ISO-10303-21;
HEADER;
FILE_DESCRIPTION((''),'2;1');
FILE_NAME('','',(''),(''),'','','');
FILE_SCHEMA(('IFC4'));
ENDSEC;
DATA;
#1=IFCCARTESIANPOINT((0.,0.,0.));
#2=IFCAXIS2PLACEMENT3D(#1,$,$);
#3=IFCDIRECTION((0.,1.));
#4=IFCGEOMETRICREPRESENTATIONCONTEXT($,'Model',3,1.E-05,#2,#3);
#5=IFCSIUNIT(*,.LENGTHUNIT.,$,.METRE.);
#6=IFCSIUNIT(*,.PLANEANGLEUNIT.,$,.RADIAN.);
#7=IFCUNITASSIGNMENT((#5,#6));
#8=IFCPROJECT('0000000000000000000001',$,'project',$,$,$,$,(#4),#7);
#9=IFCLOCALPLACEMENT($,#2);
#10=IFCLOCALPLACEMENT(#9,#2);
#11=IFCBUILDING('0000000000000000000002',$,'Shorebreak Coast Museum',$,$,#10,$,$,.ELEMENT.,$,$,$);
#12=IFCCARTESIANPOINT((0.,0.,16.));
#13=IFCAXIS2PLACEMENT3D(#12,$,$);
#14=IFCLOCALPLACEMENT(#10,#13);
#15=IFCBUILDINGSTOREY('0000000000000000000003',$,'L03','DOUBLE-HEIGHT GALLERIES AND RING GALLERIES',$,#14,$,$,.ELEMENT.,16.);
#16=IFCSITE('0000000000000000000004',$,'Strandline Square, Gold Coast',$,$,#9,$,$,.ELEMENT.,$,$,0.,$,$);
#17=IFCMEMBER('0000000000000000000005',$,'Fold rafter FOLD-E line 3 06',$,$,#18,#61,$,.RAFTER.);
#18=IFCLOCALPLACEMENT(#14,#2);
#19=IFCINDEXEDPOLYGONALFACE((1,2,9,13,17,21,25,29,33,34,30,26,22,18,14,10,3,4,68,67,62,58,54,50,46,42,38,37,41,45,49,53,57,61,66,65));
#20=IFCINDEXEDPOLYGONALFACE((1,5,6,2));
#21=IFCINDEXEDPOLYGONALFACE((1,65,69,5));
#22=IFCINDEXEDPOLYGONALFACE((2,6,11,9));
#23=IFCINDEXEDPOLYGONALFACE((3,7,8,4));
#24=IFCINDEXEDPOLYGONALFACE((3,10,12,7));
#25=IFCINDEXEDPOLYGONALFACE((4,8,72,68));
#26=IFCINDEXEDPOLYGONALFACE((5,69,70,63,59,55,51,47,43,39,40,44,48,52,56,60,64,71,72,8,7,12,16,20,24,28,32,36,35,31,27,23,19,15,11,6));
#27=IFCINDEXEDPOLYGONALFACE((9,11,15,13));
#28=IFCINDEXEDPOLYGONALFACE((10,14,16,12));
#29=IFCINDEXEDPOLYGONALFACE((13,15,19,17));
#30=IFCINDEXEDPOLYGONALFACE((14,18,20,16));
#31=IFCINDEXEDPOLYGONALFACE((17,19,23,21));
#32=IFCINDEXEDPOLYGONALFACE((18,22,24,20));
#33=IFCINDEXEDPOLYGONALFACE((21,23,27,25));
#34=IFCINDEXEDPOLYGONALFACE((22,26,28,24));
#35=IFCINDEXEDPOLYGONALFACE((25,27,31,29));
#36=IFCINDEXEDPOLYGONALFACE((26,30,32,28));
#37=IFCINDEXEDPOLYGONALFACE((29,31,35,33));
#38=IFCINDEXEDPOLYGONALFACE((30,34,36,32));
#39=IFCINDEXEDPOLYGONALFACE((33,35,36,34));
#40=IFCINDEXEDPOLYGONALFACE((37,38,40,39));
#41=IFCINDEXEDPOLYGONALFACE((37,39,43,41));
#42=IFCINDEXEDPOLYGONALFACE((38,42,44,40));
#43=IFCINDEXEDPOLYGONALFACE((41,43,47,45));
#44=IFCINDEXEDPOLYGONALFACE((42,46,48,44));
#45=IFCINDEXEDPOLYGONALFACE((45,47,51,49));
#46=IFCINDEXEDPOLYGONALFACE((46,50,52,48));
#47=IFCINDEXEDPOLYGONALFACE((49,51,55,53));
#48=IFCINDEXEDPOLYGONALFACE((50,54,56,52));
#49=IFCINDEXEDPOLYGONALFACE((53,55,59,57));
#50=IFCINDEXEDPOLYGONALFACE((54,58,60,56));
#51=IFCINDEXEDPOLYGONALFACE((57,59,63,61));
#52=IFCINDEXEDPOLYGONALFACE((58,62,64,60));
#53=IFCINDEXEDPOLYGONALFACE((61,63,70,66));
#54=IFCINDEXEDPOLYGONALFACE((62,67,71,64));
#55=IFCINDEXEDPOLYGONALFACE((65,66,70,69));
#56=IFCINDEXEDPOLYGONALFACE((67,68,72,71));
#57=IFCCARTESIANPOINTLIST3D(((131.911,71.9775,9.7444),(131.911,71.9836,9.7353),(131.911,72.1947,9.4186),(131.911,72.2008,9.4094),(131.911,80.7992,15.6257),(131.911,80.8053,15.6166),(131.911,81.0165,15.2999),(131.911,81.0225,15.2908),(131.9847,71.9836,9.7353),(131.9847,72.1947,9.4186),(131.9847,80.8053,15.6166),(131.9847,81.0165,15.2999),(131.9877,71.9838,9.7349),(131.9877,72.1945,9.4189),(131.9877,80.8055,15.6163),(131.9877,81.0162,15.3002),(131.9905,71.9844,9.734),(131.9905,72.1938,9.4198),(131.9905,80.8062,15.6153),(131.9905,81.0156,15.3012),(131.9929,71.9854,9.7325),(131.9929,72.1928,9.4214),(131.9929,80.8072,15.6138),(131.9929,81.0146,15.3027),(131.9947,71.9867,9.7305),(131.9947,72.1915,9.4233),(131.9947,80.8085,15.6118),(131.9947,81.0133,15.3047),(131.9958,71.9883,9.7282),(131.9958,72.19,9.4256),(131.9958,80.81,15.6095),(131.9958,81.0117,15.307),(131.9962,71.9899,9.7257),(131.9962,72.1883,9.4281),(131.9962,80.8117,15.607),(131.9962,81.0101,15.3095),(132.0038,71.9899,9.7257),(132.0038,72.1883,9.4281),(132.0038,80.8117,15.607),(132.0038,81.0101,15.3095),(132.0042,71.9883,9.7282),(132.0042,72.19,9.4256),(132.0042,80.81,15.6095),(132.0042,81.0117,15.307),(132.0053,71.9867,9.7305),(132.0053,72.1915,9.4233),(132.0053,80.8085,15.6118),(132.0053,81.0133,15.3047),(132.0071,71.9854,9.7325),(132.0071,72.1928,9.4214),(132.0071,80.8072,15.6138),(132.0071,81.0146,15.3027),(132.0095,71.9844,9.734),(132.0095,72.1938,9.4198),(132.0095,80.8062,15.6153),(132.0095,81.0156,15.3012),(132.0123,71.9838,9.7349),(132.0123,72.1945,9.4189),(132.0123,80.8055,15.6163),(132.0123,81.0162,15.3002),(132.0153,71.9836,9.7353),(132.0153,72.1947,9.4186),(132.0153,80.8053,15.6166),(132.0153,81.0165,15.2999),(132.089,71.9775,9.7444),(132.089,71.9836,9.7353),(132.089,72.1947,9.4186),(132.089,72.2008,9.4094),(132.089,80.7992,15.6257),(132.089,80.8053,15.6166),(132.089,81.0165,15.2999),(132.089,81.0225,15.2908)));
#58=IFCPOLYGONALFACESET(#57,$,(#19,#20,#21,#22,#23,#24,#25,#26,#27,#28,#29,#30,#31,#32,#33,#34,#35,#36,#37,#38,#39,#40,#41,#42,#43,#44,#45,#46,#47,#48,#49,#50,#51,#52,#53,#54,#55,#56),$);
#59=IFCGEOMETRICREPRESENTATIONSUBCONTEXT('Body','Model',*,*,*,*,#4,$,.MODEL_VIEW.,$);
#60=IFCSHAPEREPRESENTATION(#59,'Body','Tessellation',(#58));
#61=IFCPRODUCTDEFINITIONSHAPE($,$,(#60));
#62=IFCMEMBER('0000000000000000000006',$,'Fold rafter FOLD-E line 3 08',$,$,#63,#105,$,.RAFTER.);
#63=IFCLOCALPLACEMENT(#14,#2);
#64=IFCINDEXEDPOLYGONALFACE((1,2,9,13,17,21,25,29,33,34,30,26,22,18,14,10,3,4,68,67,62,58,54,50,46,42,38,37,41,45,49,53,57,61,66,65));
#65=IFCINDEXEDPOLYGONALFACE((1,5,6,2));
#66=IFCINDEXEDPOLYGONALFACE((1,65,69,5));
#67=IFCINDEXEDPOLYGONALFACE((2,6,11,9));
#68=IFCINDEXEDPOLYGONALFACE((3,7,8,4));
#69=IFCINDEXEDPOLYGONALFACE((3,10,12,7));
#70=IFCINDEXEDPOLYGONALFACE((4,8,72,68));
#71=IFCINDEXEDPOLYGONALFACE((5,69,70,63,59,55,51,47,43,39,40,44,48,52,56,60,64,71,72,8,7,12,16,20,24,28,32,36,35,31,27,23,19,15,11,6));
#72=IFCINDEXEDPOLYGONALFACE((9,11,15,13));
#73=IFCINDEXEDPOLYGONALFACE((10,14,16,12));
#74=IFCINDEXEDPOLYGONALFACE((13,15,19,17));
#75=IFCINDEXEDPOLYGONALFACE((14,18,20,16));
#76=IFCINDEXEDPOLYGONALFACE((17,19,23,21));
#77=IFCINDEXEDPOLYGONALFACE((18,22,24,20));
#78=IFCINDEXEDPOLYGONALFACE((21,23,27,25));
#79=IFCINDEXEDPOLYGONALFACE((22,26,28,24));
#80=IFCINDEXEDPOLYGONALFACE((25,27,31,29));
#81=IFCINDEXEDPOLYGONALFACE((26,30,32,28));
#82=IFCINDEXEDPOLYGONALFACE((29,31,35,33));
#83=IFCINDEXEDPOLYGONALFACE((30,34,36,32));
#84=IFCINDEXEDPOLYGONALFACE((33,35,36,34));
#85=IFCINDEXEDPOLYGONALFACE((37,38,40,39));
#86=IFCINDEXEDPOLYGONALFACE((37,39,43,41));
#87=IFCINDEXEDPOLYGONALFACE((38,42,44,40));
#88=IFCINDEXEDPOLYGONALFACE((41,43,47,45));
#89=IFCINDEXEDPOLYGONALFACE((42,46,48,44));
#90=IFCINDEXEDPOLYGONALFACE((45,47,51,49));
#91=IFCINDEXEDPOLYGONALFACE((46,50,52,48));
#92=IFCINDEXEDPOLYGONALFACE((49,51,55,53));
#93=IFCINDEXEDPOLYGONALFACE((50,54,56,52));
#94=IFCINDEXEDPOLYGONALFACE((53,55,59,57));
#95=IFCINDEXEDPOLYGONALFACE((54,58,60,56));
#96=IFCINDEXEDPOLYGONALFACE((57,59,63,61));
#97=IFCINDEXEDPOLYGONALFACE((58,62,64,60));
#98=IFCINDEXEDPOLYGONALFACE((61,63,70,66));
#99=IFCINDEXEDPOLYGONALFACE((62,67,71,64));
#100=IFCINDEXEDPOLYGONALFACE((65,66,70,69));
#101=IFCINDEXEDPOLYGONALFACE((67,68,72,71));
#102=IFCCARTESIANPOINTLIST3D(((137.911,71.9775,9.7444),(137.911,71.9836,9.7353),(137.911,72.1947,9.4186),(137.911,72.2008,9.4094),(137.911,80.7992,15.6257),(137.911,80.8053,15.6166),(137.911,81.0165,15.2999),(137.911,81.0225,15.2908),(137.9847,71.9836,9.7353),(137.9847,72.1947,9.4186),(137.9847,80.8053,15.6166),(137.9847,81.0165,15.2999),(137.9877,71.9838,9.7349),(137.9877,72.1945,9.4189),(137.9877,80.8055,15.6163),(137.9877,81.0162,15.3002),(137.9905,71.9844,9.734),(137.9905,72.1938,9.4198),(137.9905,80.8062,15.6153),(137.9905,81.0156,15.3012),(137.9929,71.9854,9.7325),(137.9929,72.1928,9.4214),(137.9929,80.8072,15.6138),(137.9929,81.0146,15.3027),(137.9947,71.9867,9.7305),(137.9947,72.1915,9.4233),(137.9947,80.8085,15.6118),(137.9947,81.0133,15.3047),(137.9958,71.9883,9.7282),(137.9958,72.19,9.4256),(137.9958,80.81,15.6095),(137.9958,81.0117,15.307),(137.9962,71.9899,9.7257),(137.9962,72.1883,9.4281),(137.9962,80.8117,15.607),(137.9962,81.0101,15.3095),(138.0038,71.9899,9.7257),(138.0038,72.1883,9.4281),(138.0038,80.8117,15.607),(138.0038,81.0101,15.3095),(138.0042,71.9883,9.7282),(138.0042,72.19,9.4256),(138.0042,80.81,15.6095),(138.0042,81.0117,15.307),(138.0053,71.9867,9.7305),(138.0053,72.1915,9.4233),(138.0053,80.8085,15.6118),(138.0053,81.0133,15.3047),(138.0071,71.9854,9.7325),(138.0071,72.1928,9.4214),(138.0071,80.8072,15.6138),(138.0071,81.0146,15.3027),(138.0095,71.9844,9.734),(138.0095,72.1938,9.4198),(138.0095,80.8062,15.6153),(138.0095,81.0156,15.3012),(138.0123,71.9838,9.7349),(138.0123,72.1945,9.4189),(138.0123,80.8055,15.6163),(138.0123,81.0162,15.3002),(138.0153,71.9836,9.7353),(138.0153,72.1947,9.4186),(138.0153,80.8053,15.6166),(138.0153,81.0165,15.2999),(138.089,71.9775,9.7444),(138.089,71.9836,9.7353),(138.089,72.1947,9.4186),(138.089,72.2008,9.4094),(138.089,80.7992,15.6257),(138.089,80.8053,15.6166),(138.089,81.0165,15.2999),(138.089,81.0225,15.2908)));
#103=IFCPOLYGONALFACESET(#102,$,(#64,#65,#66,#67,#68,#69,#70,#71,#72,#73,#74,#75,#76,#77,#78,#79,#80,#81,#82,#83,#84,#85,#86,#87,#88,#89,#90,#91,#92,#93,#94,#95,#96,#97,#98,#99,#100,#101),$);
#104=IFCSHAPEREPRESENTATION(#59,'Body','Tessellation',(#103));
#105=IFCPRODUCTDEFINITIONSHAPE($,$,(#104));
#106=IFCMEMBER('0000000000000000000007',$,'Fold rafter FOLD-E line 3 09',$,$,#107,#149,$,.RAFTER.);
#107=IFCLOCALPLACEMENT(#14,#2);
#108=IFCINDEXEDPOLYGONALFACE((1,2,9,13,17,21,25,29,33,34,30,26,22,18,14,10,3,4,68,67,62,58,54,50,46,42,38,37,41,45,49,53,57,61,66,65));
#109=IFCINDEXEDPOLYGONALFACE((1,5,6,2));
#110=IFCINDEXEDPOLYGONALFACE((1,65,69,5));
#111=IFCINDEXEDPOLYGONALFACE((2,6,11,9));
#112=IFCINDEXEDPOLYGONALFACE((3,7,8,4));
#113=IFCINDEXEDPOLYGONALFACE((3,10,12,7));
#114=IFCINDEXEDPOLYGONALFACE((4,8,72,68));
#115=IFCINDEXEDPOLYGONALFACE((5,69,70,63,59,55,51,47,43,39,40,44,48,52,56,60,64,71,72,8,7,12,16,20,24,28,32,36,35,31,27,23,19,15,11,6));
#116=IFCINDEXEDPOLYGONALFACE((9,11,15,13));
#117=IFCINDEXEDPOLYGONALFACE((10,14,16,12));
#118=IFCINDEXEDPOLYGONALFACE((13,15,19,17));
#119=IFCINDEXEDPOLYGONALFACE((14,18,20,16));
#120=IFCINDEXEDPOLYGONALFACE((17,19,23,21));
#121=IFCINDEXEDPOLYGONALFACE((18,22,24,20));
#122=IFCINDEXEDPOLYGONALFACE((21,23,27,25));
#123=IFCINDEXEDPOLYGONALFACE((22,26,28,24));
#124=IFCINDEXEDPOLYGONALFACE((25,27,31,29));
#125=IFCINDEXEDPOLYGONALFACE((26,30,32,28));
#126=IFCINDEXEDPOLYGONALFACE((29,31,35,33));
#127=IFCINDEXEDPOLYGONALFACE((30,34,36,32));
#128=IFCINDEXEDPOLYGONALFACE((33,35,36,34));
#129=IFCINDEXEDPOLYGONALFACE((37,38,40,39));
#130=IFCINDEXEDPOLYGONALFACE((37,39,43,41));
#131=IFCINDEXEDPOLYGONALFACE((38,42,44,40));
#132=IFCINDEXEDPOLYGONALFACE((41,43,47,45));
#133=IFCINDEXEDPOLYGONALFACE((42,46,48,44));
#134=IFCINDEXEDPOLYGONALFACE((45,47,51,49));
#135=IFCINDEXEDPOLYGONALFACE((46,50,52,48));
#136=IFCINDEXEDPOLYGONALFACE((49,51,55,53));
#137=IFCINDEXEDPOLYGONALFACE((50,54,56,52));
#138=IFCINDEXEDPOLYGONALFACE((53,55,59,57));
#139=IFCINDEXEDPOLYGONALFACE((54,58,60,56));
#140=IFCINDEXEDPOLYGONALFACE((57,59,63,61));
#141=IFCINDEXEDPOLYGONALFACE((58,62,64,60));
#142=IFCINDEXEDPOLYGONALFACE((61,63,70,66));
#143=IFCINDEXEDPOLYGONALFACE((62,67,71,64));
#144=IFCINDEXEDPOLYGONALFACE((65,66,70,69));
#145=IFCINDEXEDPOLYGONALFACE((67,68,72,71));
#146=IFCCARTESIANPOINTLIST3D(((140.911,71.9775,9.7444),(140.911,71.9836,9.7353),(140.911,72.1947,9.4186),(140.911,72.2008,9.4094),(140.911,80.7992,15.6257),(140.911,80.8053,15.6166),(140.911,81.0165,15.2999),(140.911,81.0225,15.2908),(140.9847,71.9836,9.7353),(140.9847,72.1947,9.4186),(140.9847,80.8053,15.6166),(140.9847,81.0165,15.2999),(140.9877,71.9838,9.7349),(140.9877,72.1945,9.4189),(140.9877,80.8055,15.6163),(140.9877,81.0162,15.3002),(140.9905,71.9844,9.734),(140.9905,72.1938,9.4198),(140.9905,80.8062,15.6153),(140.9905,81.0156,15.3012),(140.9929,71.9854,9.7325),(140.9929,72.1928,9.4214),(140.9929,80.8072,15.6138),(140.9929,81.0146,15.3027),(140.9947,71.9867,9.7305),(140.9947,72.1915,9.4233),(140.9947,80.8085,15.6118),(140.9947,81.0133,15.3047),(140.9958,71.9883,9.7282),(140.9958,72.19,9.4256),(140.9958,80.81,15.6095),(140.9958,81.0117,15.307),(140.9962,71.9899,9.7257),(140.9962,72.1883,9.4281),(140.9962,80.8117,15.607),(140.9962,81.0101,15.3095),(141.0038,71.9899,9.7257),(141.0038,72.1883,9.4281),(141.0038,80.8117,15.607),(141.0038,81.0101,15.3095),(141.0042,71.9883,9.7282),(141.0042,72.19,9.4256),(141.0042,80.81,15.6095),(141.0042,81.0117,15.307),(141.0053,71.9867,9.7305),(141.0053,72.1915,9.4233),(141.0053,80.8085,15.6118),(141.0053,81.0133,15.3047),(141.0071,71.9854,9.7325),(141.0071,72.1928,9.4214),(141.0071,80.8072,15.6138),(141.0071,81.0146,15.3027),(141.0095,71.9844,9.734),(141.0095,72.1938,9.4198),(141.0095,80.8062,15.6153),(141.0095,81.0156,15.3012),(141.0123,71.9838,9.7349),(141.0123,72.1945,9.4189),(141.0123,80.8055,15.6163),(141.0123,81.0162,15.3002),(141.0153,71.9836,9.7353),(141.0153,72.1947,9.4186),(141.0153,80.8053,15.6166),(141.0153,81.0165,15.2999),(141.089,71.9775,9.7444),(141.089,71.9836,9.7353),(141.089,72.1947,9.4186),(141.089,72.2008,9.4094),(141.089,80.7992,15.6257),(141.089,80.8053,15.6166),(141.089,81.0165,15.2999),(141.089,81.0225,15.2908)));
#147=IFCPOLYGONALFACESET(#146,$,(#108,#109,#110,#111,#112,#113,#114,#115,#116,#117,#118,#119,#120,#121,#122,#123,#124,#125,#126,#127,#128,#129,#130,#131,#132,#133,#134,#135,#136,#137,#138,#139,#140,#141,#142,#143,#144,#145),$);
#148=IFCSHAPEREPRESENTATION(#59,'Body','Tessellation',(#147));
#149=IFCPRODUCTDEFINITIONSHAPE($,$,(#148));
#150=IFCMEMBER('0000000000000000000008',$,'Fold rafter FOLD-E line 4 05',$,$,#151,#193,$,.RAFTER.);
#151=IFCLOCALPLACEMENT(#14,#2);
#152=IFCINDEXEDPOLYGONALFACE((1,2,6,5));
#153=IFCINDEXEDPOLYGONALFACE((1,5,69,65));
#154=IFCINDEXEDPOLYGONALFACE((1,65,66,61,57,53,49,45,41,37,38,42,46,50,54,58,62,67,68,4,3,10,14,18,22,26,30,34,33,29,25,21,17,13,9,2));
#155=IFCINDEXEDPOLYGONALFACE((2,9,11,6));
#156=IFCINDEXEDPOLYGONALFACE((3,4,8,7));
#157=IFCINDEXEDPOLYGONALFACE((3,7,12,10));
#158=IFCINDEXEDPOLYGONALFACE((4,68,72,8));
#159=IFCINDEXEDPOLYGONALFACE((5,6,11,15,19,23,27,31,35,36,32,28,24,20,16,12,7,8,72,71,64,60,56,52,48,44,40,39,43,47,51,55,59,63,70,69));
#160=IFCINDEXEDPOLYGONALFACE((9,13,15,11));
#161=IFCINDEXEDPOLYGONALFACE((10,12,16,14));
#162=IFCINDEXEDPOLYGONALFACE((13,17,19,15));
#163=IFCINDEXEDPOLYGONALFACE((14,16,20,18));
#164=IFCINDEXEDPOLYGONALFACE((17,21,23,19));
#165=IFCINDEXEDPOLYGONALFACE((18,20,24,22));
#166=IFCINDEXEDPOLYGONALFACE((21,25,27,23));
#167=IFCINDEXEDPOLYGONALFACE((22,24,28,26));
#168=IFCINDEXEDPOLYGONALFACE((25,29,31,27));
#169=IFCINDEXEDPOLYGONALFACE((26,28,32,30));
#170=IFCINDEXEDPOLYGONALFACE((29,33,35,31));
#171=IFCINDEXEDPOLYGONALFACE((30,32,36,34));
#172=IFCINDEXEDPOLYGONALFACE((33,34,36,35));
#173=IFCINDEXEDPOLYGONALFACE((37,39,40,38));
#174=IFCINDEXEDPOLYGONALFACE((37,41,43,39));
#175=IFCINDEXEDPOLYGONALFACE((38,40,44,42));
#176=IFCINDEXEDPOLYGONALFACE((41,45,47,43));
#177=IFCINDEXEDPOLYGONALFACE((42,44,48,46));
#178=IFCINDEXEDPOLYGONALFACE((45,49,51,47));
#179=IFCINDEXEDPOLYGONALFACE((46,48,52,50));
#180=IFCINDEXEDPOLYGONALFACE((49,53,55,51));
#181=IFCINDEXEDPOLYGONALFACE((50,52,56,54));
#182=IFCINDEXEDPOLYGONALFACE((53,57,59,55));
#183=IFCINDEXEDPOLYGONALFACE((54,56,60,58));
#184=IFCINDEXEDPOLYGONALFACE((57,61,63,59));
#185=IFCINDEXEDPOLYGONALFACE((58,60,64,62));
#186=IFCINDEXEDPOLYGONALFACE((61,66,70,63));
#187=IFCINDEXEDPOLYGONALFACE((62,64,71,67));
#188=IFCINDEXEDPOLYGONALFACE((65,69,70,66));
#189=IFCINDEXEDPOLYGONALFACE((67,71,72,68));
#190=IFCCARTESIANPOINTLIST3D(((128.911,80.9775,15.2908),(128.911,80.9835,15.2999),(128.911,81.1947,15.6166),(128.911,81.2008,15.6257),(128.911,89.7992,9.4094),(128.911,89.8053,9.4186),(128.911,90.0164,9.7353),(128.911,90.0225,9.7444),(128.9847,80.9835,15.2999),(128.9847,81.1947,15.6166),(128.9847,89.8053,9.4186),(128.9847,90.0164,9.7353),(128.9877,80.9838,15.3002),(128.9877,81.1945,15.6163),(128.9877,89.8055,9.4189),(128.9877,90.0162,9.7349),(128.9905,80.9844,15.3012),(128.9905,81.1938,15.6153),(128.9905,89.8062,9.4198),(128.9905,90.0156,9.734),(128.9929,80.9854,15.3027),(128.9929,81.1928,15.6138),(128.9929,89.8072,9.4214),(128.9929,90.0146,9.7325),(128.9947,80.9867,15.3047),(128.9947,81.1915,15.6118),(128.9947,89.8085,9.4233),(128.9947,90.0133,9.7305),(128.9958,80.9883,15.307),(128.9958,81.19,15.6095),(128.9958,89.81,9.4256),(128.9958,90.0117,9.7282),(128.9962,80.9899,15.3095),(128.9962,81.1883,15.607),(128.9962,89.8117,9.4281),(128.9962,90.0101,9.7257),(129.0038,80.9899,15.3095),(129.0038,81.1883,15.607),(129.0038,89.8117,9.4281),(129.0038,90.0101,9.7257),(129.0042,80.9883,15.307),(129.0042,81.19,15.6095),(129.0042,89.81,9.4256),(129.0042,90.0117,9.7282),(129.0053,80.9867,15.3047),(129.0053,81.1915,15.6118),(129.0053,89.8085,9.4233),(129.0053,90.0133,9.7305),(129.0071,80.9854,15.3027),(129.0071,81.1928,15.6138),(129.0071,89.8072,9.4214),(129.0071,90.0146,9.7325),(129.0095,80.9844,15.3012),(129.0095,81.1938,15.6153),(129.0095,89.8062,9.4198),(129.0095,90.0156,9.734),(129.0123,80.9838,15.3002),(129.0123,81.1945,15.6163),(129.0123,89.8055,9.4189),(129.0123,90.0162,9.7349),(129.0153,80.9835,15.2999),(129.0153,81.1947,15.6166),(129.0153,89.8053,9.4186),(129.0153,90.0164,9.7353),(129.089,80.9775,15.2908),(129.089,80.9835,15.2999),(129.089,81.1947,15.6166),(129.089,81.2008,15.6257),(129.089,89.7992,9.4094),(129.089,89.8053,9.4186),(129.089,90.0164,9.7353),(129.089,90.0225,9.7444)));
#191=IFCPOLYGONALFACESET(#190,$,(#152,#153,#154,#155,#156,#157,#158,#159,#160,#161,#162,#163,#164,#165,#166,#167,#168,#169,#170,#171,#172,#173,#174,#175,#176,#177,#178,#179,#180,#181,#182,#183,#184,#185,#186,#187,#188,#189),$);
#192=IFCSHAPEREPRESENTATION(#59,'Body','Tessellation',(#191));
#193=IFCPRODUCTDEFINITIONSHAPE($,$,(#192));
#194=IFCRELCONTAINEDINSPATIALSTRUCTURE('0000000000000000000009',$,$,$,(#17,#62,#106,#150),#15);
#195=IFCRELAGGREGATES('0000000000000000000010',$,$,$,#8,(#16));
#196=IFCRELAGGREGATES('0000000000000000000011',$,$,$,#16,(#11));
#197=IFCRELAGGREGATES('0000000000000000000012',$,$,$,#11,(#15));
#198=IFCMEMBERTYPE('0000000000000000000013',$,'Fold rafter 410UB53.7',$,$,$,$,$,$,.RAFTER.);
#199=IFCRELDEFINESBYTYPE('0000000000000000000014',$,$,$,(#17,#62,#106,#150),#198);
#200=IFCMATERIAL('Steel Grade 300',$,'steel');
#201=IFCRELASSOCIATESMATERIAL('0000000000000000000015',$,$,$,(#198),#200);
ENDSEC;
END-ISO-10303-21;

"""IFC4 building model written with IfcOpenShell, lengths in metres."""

from ifc_helpers import new_model, si_unit, direction, frame, origin, origin_2d, place, context, subcontext, project, spatial, i_section, extrude, material, material_profile, profile_set, type_object, element, save


model = new_model("IFC4")

# Units and contexts
model_context = context("Model", 3, precision=1e-05, world=origin(), true_north=direction((0.0, 1.0)))
body_context = subcontext(model_context, "Body", "Model", "MODEL_VIEW")
ifc_project = project(units=[si_unit("LENGTHUNIT", "METRE"), si_unit("PLANEANGLEUNIT", "RADIAN")], contexts=[model_context])

# Site, building, storey
site_placement = place(None, origin())
site = spatial("IfcSite", under=ifc_project, at=site_placement, Name="Strandline Square, Gold Coast", CompositionType="ELEMENT", RefElevation=0.0)
building_placement = place(site_placement, origin())
building = spatial("IfcBuilding", under=site, at=building_placement, Name="Shorebreak Coast Museum", CompositionType="ELEMENT")
storey_placement = place(building_placement, frame((0.0, 0.0, 16.0)))
storey = spatial("IfcBuildingStorey", under=building, at=storey_placement, Name="L03", Description="DOUBLE-HEIGHT GALLERIES AND RING GALLERIES", CompositionType="ELEMENT", Elevation=16.0)

# Members
ifc_material_1 = material(Name="Steel Grade 300", Category="steel")
ifc_material_profile_1 = material_profile(ifc_material_1, i_section(OverallWidth=0.178, OverallDepth=0.4026, WebThickness=0.0076, FlangeThickness=0.011, FilletRadius=0.0115, at=origin_2d()), Name="410UB53.7")
ifc_profile_set_1 = profile_set([ifc_material_profile_1], Name="Steel Grade 300")
member_type_1 = type_object("IfcMemberType", Name="Fold rafter 410UB53.7", PredefinedType="RAFTER", material=ifc_profile_set_1)
for number, where, z_axis, x_axis, name in (
    (1, (132.0, 80.9109, 15.4583), (0.0, -0.832043, -0.554711), (1.0, 0.0, 0.0), "Fold rafter FOLD-E line 3 06"),
    (2, (138.0, 80.9109, 15.4583), (0.0, -0.832043, -0.554711), (1.0, 0.0, 0.0), "Fold rafter FOLD-E line 3 08"),
    (3, (141.0, 80.9109, 15.4583), (0.0, -0.832043, -0.554711), (1.0, 0.0, 0.0), "Fold rafter FOLD-E line 3 09"),
    (4, (129.0, 81.0891, 15.4583), (0.0, 0.832043, -0.554711), (-1.0, 0.0, 0.0), "Fold rafter FOLD-E line 4 05"),
):
    element("IfcMember", number, at=place(storey_placement, frame(where, z_axis=z_axis, x_axis=x_axis)), inside=storey, type_object=member_type_1, Name=name, PredefinedType="RAFTER", context=body_context, shape_type="SweptSolid", body=[
        extrude(i_section(OverallWidth=0.178, OverallDepth=0.4026, WebThickness=0.0076, FlangeThickness=0.011, FilletRadius=0.0115, at=origin_2d()), origin(), (0.0, 0.0, 1.0), 10.6025),
    ])

save(model, "model.ifc")
